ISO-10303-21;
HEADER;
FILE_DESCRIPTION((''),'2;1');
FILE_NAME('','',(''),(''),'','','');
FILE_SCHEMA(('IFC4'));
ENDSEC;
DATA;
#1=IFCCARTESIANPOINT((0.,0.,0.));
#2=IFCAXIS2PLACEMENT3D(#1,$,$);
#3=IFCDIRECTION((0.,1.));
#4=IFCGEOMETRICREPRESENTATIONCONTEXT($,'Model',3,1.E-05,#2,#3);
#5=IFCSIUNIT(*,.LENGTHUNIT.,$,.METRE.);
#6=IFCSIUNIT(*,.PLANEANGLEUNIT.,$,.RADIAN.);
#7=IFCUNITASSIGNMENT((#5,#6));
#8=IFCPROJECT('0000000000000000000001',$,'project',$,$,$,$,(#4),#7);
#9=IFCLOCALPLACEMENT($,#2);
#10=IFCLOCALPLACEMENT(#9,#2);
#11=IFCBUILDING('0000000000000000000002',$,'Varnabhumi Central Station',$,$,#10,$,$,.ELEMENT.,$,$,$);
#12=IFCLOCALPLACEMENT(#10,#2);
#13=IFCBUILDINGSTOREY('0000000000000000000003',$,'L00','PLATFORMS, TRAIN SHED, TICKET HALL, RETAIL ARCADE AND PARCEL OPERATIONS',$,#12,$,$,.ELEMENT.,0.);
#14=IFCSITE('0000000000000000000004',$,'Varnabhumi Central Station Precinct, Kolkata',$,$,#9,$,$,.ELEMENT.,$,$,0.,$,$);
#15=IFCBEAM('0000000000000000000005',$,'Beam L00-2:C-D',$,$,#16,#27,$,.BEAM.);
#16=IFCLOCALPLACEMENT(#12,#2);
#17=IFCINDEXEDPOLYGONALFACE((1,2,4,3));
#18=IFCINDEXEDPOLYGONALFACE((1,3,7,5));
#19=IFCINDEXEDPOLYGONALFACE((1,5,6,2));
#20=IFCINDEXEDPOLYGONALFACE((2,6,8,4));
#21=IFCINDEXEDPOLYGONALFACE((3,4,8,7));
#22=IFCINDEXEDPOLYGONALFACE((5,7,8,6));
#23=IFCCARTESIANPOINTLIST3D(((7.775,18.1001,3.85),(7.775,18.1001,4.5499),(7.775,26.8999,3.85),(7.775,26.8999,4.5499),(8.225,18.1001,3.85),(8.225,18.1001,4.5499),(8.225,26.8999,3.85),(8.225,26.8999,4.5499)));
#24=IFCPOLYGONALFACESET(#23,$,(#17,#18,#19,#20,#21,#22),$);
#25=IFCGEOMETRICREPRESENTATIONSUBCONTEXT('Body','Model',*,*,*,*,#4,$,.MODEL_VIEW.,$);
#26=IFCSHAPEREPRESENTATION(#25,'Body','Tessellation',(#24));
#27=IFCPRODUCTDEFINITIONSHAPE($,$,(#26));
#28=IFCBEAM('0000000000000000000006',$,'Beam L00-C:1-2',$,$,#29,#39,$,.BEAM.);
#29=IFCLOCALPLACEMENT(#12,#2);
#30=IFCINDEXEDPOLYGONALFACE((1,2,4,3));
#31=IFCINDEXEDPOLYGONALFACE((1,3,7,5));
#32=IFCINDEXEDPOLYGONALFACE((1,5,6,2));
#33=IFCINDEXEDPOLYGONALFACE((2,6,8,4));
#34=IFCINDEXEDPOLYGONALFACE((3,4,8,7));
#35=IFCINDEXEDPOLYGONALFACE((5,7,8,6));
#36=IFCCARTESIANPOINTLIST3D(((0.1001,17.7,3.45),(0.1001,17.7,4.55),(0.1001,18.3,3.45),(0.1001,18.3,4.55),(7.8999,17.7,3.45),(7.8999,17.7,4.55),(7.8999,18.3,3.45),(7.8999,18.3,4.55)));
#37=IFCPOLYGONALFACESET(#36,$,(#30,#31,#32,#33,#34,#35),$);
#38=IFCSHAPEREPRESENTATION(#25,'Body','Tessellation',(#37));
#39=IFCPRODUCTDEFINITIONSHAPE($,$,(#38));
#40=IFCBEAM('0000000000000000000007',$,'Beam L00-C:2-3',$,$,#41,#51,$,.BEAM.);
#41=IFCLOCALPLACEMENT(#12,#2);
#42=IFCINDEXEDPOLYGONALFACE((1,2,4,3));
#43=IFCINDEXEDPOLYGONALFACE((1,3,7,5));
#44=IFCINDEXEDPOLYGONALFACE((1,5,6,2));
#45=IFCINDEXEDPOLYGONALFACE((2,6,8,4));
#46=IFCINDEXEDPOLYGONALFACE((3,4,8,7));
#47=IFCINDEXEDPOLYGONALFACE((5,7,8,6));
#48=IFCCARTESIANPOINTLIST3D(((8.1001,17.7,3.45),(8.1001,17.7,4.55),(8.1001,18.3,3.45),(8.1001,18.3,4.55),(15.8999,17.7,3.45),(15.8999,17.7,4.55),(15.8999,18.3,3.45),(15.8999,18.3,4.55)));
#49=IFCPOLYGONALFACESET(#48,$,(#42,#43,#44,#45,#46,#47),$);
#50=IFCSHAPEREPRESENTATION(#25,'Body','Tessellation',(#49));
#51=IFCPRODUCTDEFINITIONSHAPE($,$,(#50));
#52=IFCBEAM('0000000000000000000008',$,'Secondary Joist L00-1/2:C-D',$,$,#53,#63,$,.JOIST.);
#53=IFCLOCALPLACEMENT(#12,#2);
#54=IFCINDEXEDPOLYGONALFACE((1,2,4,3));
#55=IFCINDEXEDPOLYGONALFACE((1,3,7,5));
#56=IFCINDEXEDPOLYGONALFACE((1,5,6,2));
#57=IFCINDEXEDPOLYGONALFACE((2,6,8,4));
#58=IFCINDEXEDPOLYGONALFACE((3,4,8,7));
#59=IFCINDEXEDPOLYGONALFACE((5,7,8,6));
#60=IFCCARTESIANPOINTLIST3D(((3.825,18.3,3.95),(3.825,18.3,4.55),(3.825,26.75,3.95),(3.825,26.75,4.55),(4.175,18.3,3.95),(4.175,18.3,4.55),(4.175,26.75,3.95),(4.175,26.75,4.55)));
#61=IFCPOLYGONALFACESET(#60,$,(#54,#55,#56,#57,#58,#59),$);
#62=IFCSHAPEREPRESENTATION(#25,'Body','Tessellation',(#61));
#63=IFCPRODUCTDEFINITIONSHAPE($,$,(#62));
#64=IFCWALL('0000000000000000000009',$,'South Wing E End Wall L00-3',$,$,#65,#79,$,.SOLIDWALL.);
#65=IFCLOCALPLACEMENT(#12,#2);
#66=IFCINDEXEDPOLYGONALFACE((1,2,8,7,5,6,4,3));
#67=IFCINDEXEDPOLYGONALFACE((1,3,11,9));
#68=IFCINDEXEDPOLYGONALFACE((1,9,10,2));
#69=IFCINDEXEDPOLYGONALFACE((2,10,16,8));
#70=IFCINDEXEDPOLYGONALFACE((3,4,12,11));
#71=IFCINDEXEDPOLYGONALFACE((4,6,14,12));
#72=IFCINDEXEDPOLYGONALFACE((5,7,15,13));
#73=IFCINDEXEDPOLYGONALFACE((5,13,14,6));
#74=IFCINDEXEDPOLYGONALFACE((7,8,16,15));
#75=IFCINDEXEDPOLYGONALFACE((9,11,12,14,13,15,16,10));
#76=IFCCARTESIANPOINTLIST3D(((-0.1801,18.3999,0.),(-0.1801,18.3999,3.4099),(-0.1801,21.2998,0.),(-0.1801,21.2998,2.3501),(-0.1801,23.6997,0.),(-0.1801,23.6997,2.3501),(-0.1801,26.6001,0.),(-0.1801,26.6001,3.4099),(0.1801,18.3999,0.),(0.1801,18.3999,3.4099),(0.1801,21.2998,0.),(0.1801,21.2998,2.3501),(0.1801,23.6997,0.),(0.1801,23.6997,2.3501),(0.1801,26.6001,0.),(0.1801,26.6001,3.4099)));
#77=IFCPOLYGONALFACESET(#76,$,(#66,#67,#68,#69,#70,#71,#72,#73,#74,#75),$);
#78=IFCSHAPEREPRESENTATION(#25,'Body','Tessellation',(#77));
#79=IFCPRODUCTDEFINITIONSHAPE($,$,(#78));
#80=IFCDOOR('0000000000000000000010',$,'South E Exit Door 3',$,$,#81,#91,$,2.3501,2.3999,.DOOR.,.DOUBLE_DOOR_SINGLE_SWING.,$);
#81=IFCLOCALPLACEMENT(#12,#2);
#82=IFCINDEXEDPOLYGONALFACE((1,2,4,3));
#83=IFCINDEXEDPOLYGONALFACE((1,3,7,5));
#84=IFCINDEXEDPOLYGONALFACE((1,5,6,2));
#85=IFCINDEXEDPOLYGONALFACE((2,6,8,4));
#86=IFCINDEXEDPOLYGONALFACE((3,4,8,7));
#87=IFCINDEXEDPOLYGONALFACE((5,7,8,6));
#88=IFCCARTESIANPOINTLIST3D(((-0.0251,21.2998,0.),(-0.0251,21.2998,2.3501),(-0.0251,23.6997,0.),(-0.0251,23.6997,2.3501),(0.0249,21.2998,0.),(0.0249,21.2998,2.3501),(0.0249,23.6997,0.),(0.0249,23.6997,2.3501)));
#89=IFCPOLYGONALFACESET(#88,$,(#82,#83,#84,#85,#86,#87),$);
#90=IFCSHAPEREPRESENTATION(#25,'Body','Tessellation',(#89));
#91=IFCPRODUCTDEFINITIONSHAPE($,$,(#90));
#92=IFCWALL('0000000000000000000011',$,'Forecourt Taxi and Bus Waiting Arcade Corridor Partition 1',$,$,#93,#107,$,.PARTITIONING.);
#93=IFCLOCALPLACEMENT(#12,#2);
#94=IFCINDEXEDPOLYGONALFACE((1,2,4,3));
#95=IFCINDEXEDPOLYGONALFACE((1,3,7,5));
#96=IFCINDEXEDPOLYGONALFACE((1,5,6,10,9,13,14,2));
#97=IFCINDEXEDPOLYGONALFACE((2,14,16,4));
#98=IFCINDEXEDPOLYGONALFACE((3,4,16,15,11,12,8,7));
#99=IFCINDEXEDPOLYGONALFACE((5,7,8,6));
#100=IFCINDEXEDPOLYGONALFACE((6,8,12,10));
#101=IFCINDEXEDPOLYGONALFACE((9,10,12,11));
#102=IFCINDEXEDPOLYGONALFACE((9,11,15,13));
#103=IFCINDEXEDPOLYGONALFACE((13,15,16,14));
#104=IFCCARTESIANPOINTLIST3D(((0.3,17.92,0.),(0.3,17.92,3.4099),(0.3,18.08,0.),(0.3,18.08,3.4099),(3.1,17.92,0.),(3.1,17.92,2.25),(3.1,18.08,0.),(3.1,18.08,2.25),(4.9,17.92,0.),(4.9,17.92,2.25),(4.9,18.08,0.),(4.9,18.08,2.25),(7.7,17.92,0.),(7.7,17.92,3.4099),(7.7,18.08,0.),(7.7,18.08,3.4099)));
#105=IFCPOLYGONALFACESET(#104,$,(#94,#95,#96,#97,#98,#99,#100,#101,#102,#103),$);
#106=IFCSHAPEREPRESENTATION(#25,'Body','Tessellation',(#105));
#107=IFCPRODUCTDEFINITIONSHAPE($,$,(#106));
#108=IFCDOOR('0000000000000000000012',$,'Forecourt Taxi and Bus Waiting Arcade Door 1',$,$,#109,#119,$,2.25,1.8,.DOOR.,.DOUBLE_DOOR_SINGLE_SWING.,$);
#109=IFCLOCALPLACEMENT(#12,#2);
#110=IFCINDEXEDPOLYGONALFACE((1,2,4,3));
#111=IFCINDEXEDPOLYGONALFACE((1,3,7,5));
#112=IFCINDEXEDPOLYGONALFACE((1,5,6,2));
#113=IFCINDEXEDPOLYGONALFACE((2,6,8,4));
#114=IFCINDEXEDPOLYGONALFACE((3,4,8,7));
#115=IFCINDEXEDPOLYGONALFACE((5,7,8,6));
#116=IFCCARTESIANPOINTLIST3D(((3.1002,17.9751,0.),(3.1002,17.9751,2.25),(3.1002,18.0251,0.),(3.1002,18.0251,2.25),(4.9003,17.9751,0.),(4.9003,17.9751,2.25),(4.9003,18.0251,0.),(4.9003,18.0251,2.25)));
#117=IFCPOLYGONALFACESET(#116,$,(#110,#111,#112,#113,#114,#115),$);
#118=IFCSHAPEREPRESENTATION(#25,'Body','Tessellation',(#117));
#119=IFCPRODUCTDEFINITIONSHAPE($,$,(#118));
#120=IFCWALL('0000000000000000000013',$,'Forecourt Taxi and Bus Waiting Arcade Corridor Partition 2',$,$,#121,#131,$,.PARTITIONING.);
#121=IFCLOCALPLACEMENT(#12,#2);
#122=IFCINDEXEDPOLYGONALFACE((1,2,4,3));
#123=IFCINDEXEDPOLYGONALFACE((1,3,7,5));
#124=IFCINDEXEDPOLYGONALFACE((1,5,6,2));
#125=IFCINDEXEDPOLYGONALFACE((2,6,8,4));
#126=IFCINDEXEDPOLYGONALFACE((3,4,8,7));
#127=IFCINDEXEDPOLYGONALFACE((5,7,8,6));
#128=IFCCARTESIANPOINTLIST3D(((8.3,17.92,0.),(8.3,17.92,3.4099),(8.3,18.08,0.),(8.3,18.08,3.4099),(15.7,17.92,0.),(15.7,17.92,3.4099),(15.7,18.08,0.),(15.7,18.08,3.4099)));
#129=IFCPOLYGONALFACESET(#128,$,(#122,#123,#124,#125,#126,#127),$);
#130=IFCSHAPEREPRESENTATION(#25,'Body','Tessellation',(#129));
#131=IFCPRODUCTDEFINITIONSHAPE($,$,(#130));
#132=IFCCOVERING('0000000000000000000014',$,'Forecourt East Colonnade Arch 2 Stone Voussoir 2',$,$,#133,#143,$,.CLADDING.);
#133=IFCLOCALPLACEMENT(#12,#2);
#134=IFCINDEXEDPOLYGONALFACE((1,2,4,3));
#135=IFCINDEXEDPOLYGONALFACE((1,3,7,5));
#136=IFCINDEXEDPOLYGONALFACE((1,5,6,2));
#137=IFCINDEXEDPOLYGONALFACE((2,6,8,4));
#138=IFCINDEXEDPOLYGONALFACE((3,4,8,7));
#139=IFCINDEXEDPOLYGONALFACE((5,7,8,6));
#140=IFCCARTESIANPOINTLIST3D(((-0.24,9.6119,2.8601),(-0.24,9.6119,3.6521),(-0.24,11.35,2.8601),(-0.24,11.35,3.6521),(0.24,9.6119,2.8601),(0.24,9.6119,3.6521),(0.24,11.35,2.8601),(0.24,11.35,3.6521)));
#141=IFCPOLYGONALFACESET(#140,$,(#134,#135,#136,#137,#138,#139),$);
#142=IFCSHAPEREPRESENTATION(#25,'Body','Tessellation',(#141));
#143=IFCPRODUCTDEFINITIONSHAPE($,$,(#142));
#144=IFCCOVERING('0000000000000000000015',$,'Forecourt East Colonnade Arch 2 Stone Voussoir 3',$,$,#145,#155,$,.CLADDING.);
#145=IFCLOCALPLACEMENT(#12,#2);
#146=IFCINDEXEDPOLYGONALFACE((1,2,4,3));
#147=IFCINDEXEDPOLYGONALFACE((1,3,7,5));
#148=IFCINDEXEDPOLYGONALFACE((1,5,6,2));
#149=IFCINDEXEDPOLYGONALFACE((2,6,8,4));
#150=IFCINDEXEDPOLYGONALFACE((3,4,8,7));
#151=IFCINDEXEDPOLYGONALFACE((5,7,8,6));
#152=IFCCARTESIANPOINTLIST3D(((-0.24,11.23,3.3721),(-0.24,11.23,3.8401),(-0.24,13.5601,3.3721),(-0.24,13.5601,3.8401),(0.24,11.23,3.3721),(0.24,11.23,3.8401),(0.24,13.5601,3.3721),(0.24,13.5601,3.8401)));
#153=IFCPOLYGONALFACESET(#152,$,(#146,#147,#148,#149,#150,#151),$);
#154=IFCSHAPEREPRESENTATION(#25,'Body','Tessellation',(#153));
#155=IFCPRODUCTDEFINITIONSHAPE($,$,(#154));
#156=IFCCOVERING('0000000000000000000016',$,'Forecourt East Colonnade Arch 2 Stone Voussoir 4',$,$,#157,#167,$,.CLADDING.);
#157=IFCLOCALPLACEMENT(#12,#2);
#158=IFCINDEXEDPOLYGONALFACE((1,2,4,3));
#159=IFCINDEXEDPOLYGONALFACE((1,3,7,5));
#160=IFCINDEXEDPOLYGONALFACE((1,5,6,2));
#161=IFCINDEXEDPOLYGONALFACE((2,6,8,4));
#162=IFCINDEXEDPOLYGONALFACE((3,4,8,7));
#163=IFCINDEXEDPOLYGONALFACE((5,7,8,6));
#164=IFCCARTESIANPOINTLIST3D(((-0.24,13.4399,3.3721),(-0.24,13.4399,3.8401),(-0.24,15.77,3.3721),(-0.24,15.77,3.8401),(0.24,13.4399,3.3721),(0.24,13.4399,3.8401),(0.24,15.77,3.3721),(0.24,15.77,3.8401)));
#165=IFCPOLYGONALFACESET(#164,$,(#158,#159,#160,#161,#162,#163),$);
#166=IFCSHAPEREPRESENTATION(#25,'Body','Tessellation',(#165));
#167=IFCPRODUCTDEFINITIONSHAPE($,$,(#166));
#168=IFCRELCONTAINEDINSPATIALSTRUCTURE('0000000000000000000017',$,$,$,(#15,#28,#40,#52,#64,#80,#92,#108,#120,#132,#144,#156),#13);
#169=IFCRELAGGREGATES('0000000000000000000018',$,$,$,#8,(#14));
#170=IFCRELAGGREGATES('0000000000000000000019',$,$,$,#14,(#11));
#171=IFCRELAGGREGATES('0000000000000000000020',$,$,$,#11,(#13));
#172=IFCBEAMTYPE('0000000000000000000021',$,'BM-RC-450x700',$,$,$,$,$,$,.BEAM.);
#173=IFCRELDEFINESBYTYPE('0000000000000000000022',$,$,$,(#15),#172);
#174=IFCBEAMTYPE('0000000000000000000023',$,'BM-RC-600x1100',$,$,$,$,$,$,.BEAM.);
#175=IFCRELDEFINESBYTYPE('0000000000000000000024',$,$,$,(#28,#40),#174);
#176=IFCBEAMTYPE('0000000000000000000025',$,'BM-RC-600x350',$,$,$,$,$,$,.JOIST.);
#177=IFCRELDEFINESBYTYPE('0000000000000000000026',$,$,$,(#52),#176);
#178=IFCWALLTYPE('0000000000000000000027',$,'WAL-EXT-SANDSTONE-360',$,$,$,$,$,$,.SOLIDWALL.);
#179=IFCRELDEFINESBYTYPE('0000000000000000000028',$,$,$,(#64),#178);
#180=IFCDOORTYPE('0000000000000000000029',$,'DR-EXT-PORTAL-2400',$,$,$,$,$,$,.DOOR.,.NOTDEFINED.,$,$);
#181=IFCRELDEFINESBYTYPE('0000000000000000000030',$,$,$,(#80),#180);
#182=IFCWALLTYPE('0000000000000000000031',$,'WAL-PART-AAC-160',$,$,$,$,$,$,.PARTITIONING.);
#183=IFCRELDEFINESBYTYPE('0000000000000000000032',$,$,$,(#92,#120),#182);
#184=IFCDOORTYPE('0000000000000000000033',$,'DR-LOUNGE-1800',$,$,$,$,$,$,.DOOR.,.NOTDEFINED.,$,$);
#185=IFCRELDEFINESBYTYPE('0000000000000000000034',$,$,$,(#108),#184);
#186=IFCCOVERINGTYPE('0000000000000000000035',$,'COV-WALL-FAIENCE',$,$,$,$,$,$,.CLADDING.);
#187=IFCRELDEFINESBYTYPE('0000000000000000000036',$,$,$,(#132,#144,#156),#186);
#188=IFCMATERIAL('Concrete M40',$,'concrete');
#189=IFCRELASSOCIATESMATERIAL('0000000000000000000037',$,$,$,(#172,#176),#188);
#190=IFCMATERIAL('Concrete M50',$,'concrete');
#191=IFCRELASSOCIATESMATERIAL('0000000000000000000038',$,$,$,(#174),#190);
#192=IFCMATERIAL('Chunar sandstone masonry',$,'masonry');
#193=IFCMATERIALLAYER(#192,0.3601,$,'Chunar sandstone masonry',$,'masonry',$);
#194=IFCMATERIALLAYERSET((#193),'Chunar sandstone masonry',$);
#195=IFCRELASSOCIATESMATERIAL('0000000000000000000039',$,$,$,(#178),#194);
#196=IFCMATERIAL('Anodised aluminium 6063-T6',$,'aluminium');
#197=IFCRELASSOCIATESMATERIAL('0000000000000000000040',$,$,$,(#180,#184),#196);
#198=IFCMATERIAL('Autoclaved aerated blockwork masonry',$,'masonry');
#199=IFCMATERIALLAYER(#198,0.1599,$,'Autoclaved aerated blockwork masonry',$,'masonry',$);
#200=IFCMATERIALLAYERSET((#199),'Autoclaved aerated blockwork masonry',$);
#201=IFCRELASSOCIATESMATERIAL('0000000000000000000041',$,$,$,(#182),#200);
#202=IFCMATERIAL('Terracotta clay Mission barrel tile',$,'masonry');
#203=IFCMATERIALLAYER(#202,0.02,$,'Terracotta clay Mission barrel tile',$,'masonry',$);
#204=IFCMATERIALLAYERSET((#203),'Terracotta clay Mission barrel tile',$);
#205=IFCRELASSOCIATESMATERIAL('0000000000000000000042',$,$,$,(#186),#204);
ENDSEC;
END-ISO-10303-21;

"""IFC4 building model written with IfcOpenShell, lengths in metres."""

from ifc_helpers import new_model, si_unit, direction, frame, frame_2d, origin, origin_2d, place, context, subcontext, project, spatial, rectangle, extrude, material, layer, layer_set, material_profile, profile_set, type_object, element, fill, save


model = new_model("IFC4")

# Units and contexts
model_context = context("Model", 3, precision=1e-05, world=origin(), true_north=direction((0.0, 1.0)))
body_context = subcontext(model_context, "Body", "Model", "MODEL_VIEW")
ifc_project = project(units=[si_unit("LENGTHUNIT", "METRE"), si_unit("PLANEANGLEUNIT", "RADIAN")], contexts=[model_context])

# Site, building, storey
site_placement = place(None, origin())
site = spatial("IfcSite", under=ifc_project, at=site_placement, Name="Varnabhumi Central Station Precinct, Kolkata", CompositionType="ELEMENT", RefElevation=0.0)
building_placement = place(site_placement, origin())
building = spatial("IfcBuilding", under=site, at=building_placement, Name="Varnabhumi Central Station", CompositionType="ELEMENT")
storey_placement = place(building_placement, origin())
storey = spatial("IfcBuildingStorey", under=building, at=storey_placement, Name="L00", Description="PLATFORMS, TRAIN SHED, TICKET HALL, RETAIL ARCADE AND PARCEL OPERATIONS", CompositionType="ELEMENT", Elevation=0.0)

# Shared definitions
ifc_material_1 = material(Name="Concrete M40", Category="concrete")

# Beams
ifc_material_profile_1 = material_profile(ifc_material_1, rectangle(XDim=0.45, YDim=0.7, at=origin_2d()), Name="Concrete M40", Category="concrete")
ifc_profile_set_1 = profile_set([ifc_material_profile_1], Name="Concrete M40")
beam_type_1 = type_object("IfcBeamType", Name="BM-RC-450x700", PredefinedType="BEAM", material=ifc_profile_set_1)
beam_1_placement = place(storey_placement, frame((8.0, 18.1001, 4.2), z_axis=(0.0, 1.0, 0.0), x_axis=(-1.0, 0.0, 0.0)))
element("IfcBeam", 1, at=beam_1_placement, inside=storey, type_object=beam_type_1, Name="Beam L00-2:C-D", PredefinedType="BEAM", context=body_context, shape_type="SweptSolid", body=[
    extrude(rectangle(XDim=0.45, YDim=0.7, at=origin_2d()), origin(), (0.0, 0.0, 1.0), 8.7998),
])
ifc_material_2 = material(Name="Concrete M50", Category="concrete")
ifc_material_profile_2 = material_profile(ifc_material_2, rectangle(XDim=0.6001, YDim=1.1001, at=origin_2d()), Name="Concrete M50", Category="concrete")
ifc_profile_set_2 = profile_set([ifc_material_profile_2], Name="Concrete M50")
beam_type_2 = type_object("IfcBeamType", Name="BM-RC-600x1100", PredefinedType="BEAM", material=ifc_profile_set_2)
for number, where, z_axis, x_axis, name in (
    (2, (0.1001, 18.0, 4.0), (1.0, 0.0, 0.0), (0.0, 1.0, 0.0), "Beam L00-C:1-2"),
    (3, (8.1001, 18.0, 4.0), (1.0, 0.0, 0.0), (0.0, 1.0, 0.0), "Beam L00-C:2-3"),
):
    element("IfcBeam", number, at=place(storey_placement, frame(where, z_axis=z_axis, x_axis=x_axis)), inside=storey, type_object=beam_type_2, Name=name, PredefinedType="BEAM", context=body_context, shape_type="SweptSolid", body=[
        extrude(rectangle(XDim=0.6001, YDim=1.1001, at=origin_2d()), origin(), (0.0, 0.0, 1.0), 7.7998),
    ])
ifc_material_profile_3 = material_profile(ifc_material_1, rectangle(XDim=0.3501, YDim=0.6001, at=origin_2d()), Name="Concrete M40", Category="concrete")
ifc_profile_set_3 = profile_set([ifc_material_profile_3], Name="Concrete M40")
beam_type_3 = type_object("IfcBeamType", Name="BM-RC-600x350", PredefinedType="JOIST", material=ifc_profile_set_3)
beam_2_placement = place(storey_placement, frame((4.0, 18.3, 4.25), z_axis=(0.0, 1.0, 0.0), x_axis=(-1.0, 0.0, 0.0)))
element("IfcBeam", 4, at=beam_2_placement, inside=storey, type_object=beam_type_3, Name="Secondary Joist L00-1/2:C-D", PredefinedType="JOIST", context=body_context, shape_type="SweptSolid", body=[
    extrude(rectangle(XDim=0.3501, YDim=0.6001, at=origin_2d()), origin(), (0.0, 0.0, 1.0), 8.45),
])

# Walls, openings, doors
ifc_material_3 = material(Name="Chunar sandstone masonry", Category="masonry")
ifc_layer_1 = layer(ifc_material_3, 0.3601, Name="Chunar sandstone masonry", Category="masonry")
ifc_layer_set_1 = layer_set([ifc_layer_1], Name="Chunar sandstone masonry")
wall_type_1 = type_object("IfcWallType", Name="WAL-EXT-SANDSTONE-360", PredefinedType="SOLIDWALL", material=ifc_layer_set_1)
wall_1_placement = place(storey_placement, frame((0.0, 18.3999, 0.0), z_axis=(0.0, 0.0, 1.0), x_axis=(0.0, 1.0, 0.0)))
wall_1 = element("IfcWall", 5, at=wall_1_placement, inside=storey, type_object=wall_type_1, Name="South Wing E End Wall L00-3", PredefinedType="SOLIDWALL", context=body_context, shape_type="SweptSolid", body=[
    extrude(rectangle(XDim=8.2002, YDim=0.3601, at=frame_2d((4.1001, 0.0))), origin(), (0.0, 0.0, 1.0), 3.4099),
])
opening_1_placement = place(wall_1_placement, frame((2.8999, 0.0, 0.0)))
opening_1 = element("IfcOpeningElement", 6, at=opening_1_placement, cuts=wall_1, PredefinedType="OPENING", context=body_context, shape_type="SweptSolid", body=[
    extrude(rectangle(XDim=2.3999, YDim=2.3501, at=frame_2d((1.2, 1.175))), frame((0.0, 0.1899, 0.0), z_axis=(0.0, -1.0, 0.0), x_axis=(1.0, 0.0, 0.0)), (0.0, 0.0, 1.0), 0.3801),
])
ifc_material_4 = material(Name="Anodised aluminium 6063-T6", Category="aluminium")
door_type_1 = type_object("IfcDoorType", Name="DR-EXT-PORTAL-2400", OperationType="NOTDEFINED", PredefinedType="DOOR", material=ifc_material_4)
door_1_placement = place(opening_1_placement, frame((2.3999, 0.0, 0.0), z_axis=(0.0, 0.0, 1.0), x_axis=(-1.0, 0.0, 0.0)))
door_1 = element("IfcDoor", 7, at=door_1_placement, inside=storey, type_object=door_type_1, Name="South E Exit Door 3", OperationType="DOUBLE_DOOR_SINGLE_SWING", OverallHeight=2.3501, OverallWidth=2.3999, PredefinedType="DOOR", context=body_context, shape_type="SweptSolid", body=[
    extrude(rectangle(XDim=2.3999, YDim=2.3501, at=frame_2d((1.2, 1.175))), frame((0.0, 0.0249, 0.0), z_axis=(0.0, -1.0, 0.0), x_axis=(1.0, 0.0, 0.0)), (0.0, 0.0, 1.0), 0.05),
])
fill(opening_1, door_1)
ifc_material_5 = material(Name="Autoclaved aerated blockwork masonry", Category="masonry")
ifc_layer_2 = layer(ifc_material_5, 0.1599, Name="Autoclaved aerated blockwork masonry", Category="masonry")
ifc_layer_set_2 = layer_set([ifc_layer_2], Name="Autoclaved aerated blockwork masonry")
wall_type_2 = type_object("IfcWallType", Name="WAL-PART-AAC-160", PredefinedType="PARTITIONING", material=ifc_layer_set_2)
wall_2_placement = place(storey_placement, frame((0.3, 18.0, 0.0), z_axis=(0.0, 0.0, 1.0), x_axis=(1.0, 0.0, 0.0)))
wall_2 = element("IfcWall", 8, at=wall_2_placement, inside=storey, type_object=wall_type_2, Name="Forecourt Taxi and Bus Waiting Arcade Corridor Partition 1", PredefinedType="PARTITIONING", context=body_context, shape_type="SweptSolid", body=[
    extrude(rectangle(XDim=7.3999, YDim=0.1599, at=frame_2d((3.7, 0.0))), origin(), (0.0, 0.0, 1.0), 3.4099),
])
opening_2_placement = place(wall_2_placement, frame((2.8, 0.0, 0.0)))
opening_2 = element("IfcOpeningElement", 9, at=opening_2_placement, cuts=wall_2, PredefinedType="OPENING", context=body_context, shape_type="SweptSolid", body=[
    extrude(rectangle(XDim=1.8, YDim=2.25, at=frame_2d((0.8999, 1.125))), frame((0.0, 0.0898, 0.0), z_axis=(0.0, -1.0, 0.0), x_axis=(1.0, 0.0, 0.0)), (0.0, 0.0, 1.0), 0.1799),
])
door_type_2 = type_object("IfcDoorType", Name="DR-LOUNGE-1800", OperationType="NOTDEFINED", PredefinedType="DOOR", material=ifc_material_4)
door_2_placement = place(opening_2_placement, frame((1.8, 0.0, 0.0), z_axis=(0.0, 0.0, 1.0), x_axis=(-1.0, 0.0, 0.0)))
door_2 = element("IfcDoor", 10, at=door_2_placement, inside=storey, type_object=door_type_2, Name="Forecourt Taxi and Bus Waiting Arcade Door 1", OperationType="DOUBLE_DOOR_SINGLE_SWING", OverallHeight=2.25, OverallWidth=1.8, PredefinedType="DOOR", context=body_context, shape_type="SweptSolid", body=[
    extrude(rectangle(XDim=1.8, YDim=2.25, at=frame_2d((0.8999, 1.125))), frame((0.0, 0.0249, 0.0), z_axis=(0.0, -1.0, 0.0), x_axis=(1.0, 0.0, 0.0)), (0.0, 0.0, 1.0), 0.05),
])
fill(opening_2, door_2)

# Wall
wall_3_placement = place(storey_placement, frame((8.3, 18.0, 0.0), z_axis=(0.0, 0.0, 1.0), x_axis=(1.0, 0.0, 0.0)))
element("IfcWall", 11, at=wall_3_placement, inside=storey, type_object=wall_type_2, Name="Forecourt Taxi and Bus Waiting Arcade Corridor Partition 2", PredefinedType="PARTITIONING", context=body_context, shape_type="SweptSolid", body=[
    extrude(rectangle(XDim=7.3999, YDim=0.1599, at=frame_2d((3.7, 0.0))), origin(), (0.0, 0.0, 1.0), 3.4099),
])

# Coverings
ifc_material_6 = material(Name="Terracotta clay Mission barrel tile", Category="masonry")
ifc_layer_3 = layer(ifc_material_6, 0.02, Name="Terracotta clay Mission barrel tile", Category="masonry")
ifc_layer_set_3 = layer_set([ifc_layer_3], Name="Terracotta clay Mission barrel tile")
covering_type = type_object("IfcCoveringType", Name="COV-WALL-FAIENCE", PredefinedType="CLADDING", material=ifc_layer_set_3)
covering_1_placement = place(storey_placement, frame((0.0, 10.481, 2.8601), z_axis=(0.0, 0.0, 1.0), x_axis=(0.0, 1.0, 0.0)))
element("IfcCovering", 12, at=covering_1_placement, inside=storey, type_object=covering_type, Name="Forecourt East Colonnade Arch 2 Stone Voussoir 2", PredefinedType="CLADDING", context=body_context, shape_type="SweptSolid", body=[
    extrude(rectangle(XDim=1.738, YDim=0.48, at=origin_2d()), origin(), (0.0, 0.0, 1.0), 0.792),
])
for number, where, z_axis, x_axis, name in (
    (13, (0.0, 12.395, 3.3721), (0.0, 0.0, 1.0), (0.0, 1.0, 0.0), "Forecourt East Colonnade Arch 2 Stone Voussoir 3"),
    (14, (0.0, 14.605, 3.3721), (0.0, 0.0, 1.0), (0.0, 1.0, 0.0), "Forecourt East Colonnade Arch 2 Stone Voussoir 4"),
):
    element("IfcCovering", number, at=place(storey_placement, frame(where, z_axis=z_axis, x_axis=x_axis)), inside=storey, type_object=covering_type, Name=name, PredefinedType="CLADDING", context=body_context, shape_type="SweptSolid", body=[
        extrude(rectangle(XDim=2.3301, YDim=0.48, at=origin_2d()), origin(), (0.0, 0.0, 1.0), 0.468),
    ])

save(model, "model.ifc")
